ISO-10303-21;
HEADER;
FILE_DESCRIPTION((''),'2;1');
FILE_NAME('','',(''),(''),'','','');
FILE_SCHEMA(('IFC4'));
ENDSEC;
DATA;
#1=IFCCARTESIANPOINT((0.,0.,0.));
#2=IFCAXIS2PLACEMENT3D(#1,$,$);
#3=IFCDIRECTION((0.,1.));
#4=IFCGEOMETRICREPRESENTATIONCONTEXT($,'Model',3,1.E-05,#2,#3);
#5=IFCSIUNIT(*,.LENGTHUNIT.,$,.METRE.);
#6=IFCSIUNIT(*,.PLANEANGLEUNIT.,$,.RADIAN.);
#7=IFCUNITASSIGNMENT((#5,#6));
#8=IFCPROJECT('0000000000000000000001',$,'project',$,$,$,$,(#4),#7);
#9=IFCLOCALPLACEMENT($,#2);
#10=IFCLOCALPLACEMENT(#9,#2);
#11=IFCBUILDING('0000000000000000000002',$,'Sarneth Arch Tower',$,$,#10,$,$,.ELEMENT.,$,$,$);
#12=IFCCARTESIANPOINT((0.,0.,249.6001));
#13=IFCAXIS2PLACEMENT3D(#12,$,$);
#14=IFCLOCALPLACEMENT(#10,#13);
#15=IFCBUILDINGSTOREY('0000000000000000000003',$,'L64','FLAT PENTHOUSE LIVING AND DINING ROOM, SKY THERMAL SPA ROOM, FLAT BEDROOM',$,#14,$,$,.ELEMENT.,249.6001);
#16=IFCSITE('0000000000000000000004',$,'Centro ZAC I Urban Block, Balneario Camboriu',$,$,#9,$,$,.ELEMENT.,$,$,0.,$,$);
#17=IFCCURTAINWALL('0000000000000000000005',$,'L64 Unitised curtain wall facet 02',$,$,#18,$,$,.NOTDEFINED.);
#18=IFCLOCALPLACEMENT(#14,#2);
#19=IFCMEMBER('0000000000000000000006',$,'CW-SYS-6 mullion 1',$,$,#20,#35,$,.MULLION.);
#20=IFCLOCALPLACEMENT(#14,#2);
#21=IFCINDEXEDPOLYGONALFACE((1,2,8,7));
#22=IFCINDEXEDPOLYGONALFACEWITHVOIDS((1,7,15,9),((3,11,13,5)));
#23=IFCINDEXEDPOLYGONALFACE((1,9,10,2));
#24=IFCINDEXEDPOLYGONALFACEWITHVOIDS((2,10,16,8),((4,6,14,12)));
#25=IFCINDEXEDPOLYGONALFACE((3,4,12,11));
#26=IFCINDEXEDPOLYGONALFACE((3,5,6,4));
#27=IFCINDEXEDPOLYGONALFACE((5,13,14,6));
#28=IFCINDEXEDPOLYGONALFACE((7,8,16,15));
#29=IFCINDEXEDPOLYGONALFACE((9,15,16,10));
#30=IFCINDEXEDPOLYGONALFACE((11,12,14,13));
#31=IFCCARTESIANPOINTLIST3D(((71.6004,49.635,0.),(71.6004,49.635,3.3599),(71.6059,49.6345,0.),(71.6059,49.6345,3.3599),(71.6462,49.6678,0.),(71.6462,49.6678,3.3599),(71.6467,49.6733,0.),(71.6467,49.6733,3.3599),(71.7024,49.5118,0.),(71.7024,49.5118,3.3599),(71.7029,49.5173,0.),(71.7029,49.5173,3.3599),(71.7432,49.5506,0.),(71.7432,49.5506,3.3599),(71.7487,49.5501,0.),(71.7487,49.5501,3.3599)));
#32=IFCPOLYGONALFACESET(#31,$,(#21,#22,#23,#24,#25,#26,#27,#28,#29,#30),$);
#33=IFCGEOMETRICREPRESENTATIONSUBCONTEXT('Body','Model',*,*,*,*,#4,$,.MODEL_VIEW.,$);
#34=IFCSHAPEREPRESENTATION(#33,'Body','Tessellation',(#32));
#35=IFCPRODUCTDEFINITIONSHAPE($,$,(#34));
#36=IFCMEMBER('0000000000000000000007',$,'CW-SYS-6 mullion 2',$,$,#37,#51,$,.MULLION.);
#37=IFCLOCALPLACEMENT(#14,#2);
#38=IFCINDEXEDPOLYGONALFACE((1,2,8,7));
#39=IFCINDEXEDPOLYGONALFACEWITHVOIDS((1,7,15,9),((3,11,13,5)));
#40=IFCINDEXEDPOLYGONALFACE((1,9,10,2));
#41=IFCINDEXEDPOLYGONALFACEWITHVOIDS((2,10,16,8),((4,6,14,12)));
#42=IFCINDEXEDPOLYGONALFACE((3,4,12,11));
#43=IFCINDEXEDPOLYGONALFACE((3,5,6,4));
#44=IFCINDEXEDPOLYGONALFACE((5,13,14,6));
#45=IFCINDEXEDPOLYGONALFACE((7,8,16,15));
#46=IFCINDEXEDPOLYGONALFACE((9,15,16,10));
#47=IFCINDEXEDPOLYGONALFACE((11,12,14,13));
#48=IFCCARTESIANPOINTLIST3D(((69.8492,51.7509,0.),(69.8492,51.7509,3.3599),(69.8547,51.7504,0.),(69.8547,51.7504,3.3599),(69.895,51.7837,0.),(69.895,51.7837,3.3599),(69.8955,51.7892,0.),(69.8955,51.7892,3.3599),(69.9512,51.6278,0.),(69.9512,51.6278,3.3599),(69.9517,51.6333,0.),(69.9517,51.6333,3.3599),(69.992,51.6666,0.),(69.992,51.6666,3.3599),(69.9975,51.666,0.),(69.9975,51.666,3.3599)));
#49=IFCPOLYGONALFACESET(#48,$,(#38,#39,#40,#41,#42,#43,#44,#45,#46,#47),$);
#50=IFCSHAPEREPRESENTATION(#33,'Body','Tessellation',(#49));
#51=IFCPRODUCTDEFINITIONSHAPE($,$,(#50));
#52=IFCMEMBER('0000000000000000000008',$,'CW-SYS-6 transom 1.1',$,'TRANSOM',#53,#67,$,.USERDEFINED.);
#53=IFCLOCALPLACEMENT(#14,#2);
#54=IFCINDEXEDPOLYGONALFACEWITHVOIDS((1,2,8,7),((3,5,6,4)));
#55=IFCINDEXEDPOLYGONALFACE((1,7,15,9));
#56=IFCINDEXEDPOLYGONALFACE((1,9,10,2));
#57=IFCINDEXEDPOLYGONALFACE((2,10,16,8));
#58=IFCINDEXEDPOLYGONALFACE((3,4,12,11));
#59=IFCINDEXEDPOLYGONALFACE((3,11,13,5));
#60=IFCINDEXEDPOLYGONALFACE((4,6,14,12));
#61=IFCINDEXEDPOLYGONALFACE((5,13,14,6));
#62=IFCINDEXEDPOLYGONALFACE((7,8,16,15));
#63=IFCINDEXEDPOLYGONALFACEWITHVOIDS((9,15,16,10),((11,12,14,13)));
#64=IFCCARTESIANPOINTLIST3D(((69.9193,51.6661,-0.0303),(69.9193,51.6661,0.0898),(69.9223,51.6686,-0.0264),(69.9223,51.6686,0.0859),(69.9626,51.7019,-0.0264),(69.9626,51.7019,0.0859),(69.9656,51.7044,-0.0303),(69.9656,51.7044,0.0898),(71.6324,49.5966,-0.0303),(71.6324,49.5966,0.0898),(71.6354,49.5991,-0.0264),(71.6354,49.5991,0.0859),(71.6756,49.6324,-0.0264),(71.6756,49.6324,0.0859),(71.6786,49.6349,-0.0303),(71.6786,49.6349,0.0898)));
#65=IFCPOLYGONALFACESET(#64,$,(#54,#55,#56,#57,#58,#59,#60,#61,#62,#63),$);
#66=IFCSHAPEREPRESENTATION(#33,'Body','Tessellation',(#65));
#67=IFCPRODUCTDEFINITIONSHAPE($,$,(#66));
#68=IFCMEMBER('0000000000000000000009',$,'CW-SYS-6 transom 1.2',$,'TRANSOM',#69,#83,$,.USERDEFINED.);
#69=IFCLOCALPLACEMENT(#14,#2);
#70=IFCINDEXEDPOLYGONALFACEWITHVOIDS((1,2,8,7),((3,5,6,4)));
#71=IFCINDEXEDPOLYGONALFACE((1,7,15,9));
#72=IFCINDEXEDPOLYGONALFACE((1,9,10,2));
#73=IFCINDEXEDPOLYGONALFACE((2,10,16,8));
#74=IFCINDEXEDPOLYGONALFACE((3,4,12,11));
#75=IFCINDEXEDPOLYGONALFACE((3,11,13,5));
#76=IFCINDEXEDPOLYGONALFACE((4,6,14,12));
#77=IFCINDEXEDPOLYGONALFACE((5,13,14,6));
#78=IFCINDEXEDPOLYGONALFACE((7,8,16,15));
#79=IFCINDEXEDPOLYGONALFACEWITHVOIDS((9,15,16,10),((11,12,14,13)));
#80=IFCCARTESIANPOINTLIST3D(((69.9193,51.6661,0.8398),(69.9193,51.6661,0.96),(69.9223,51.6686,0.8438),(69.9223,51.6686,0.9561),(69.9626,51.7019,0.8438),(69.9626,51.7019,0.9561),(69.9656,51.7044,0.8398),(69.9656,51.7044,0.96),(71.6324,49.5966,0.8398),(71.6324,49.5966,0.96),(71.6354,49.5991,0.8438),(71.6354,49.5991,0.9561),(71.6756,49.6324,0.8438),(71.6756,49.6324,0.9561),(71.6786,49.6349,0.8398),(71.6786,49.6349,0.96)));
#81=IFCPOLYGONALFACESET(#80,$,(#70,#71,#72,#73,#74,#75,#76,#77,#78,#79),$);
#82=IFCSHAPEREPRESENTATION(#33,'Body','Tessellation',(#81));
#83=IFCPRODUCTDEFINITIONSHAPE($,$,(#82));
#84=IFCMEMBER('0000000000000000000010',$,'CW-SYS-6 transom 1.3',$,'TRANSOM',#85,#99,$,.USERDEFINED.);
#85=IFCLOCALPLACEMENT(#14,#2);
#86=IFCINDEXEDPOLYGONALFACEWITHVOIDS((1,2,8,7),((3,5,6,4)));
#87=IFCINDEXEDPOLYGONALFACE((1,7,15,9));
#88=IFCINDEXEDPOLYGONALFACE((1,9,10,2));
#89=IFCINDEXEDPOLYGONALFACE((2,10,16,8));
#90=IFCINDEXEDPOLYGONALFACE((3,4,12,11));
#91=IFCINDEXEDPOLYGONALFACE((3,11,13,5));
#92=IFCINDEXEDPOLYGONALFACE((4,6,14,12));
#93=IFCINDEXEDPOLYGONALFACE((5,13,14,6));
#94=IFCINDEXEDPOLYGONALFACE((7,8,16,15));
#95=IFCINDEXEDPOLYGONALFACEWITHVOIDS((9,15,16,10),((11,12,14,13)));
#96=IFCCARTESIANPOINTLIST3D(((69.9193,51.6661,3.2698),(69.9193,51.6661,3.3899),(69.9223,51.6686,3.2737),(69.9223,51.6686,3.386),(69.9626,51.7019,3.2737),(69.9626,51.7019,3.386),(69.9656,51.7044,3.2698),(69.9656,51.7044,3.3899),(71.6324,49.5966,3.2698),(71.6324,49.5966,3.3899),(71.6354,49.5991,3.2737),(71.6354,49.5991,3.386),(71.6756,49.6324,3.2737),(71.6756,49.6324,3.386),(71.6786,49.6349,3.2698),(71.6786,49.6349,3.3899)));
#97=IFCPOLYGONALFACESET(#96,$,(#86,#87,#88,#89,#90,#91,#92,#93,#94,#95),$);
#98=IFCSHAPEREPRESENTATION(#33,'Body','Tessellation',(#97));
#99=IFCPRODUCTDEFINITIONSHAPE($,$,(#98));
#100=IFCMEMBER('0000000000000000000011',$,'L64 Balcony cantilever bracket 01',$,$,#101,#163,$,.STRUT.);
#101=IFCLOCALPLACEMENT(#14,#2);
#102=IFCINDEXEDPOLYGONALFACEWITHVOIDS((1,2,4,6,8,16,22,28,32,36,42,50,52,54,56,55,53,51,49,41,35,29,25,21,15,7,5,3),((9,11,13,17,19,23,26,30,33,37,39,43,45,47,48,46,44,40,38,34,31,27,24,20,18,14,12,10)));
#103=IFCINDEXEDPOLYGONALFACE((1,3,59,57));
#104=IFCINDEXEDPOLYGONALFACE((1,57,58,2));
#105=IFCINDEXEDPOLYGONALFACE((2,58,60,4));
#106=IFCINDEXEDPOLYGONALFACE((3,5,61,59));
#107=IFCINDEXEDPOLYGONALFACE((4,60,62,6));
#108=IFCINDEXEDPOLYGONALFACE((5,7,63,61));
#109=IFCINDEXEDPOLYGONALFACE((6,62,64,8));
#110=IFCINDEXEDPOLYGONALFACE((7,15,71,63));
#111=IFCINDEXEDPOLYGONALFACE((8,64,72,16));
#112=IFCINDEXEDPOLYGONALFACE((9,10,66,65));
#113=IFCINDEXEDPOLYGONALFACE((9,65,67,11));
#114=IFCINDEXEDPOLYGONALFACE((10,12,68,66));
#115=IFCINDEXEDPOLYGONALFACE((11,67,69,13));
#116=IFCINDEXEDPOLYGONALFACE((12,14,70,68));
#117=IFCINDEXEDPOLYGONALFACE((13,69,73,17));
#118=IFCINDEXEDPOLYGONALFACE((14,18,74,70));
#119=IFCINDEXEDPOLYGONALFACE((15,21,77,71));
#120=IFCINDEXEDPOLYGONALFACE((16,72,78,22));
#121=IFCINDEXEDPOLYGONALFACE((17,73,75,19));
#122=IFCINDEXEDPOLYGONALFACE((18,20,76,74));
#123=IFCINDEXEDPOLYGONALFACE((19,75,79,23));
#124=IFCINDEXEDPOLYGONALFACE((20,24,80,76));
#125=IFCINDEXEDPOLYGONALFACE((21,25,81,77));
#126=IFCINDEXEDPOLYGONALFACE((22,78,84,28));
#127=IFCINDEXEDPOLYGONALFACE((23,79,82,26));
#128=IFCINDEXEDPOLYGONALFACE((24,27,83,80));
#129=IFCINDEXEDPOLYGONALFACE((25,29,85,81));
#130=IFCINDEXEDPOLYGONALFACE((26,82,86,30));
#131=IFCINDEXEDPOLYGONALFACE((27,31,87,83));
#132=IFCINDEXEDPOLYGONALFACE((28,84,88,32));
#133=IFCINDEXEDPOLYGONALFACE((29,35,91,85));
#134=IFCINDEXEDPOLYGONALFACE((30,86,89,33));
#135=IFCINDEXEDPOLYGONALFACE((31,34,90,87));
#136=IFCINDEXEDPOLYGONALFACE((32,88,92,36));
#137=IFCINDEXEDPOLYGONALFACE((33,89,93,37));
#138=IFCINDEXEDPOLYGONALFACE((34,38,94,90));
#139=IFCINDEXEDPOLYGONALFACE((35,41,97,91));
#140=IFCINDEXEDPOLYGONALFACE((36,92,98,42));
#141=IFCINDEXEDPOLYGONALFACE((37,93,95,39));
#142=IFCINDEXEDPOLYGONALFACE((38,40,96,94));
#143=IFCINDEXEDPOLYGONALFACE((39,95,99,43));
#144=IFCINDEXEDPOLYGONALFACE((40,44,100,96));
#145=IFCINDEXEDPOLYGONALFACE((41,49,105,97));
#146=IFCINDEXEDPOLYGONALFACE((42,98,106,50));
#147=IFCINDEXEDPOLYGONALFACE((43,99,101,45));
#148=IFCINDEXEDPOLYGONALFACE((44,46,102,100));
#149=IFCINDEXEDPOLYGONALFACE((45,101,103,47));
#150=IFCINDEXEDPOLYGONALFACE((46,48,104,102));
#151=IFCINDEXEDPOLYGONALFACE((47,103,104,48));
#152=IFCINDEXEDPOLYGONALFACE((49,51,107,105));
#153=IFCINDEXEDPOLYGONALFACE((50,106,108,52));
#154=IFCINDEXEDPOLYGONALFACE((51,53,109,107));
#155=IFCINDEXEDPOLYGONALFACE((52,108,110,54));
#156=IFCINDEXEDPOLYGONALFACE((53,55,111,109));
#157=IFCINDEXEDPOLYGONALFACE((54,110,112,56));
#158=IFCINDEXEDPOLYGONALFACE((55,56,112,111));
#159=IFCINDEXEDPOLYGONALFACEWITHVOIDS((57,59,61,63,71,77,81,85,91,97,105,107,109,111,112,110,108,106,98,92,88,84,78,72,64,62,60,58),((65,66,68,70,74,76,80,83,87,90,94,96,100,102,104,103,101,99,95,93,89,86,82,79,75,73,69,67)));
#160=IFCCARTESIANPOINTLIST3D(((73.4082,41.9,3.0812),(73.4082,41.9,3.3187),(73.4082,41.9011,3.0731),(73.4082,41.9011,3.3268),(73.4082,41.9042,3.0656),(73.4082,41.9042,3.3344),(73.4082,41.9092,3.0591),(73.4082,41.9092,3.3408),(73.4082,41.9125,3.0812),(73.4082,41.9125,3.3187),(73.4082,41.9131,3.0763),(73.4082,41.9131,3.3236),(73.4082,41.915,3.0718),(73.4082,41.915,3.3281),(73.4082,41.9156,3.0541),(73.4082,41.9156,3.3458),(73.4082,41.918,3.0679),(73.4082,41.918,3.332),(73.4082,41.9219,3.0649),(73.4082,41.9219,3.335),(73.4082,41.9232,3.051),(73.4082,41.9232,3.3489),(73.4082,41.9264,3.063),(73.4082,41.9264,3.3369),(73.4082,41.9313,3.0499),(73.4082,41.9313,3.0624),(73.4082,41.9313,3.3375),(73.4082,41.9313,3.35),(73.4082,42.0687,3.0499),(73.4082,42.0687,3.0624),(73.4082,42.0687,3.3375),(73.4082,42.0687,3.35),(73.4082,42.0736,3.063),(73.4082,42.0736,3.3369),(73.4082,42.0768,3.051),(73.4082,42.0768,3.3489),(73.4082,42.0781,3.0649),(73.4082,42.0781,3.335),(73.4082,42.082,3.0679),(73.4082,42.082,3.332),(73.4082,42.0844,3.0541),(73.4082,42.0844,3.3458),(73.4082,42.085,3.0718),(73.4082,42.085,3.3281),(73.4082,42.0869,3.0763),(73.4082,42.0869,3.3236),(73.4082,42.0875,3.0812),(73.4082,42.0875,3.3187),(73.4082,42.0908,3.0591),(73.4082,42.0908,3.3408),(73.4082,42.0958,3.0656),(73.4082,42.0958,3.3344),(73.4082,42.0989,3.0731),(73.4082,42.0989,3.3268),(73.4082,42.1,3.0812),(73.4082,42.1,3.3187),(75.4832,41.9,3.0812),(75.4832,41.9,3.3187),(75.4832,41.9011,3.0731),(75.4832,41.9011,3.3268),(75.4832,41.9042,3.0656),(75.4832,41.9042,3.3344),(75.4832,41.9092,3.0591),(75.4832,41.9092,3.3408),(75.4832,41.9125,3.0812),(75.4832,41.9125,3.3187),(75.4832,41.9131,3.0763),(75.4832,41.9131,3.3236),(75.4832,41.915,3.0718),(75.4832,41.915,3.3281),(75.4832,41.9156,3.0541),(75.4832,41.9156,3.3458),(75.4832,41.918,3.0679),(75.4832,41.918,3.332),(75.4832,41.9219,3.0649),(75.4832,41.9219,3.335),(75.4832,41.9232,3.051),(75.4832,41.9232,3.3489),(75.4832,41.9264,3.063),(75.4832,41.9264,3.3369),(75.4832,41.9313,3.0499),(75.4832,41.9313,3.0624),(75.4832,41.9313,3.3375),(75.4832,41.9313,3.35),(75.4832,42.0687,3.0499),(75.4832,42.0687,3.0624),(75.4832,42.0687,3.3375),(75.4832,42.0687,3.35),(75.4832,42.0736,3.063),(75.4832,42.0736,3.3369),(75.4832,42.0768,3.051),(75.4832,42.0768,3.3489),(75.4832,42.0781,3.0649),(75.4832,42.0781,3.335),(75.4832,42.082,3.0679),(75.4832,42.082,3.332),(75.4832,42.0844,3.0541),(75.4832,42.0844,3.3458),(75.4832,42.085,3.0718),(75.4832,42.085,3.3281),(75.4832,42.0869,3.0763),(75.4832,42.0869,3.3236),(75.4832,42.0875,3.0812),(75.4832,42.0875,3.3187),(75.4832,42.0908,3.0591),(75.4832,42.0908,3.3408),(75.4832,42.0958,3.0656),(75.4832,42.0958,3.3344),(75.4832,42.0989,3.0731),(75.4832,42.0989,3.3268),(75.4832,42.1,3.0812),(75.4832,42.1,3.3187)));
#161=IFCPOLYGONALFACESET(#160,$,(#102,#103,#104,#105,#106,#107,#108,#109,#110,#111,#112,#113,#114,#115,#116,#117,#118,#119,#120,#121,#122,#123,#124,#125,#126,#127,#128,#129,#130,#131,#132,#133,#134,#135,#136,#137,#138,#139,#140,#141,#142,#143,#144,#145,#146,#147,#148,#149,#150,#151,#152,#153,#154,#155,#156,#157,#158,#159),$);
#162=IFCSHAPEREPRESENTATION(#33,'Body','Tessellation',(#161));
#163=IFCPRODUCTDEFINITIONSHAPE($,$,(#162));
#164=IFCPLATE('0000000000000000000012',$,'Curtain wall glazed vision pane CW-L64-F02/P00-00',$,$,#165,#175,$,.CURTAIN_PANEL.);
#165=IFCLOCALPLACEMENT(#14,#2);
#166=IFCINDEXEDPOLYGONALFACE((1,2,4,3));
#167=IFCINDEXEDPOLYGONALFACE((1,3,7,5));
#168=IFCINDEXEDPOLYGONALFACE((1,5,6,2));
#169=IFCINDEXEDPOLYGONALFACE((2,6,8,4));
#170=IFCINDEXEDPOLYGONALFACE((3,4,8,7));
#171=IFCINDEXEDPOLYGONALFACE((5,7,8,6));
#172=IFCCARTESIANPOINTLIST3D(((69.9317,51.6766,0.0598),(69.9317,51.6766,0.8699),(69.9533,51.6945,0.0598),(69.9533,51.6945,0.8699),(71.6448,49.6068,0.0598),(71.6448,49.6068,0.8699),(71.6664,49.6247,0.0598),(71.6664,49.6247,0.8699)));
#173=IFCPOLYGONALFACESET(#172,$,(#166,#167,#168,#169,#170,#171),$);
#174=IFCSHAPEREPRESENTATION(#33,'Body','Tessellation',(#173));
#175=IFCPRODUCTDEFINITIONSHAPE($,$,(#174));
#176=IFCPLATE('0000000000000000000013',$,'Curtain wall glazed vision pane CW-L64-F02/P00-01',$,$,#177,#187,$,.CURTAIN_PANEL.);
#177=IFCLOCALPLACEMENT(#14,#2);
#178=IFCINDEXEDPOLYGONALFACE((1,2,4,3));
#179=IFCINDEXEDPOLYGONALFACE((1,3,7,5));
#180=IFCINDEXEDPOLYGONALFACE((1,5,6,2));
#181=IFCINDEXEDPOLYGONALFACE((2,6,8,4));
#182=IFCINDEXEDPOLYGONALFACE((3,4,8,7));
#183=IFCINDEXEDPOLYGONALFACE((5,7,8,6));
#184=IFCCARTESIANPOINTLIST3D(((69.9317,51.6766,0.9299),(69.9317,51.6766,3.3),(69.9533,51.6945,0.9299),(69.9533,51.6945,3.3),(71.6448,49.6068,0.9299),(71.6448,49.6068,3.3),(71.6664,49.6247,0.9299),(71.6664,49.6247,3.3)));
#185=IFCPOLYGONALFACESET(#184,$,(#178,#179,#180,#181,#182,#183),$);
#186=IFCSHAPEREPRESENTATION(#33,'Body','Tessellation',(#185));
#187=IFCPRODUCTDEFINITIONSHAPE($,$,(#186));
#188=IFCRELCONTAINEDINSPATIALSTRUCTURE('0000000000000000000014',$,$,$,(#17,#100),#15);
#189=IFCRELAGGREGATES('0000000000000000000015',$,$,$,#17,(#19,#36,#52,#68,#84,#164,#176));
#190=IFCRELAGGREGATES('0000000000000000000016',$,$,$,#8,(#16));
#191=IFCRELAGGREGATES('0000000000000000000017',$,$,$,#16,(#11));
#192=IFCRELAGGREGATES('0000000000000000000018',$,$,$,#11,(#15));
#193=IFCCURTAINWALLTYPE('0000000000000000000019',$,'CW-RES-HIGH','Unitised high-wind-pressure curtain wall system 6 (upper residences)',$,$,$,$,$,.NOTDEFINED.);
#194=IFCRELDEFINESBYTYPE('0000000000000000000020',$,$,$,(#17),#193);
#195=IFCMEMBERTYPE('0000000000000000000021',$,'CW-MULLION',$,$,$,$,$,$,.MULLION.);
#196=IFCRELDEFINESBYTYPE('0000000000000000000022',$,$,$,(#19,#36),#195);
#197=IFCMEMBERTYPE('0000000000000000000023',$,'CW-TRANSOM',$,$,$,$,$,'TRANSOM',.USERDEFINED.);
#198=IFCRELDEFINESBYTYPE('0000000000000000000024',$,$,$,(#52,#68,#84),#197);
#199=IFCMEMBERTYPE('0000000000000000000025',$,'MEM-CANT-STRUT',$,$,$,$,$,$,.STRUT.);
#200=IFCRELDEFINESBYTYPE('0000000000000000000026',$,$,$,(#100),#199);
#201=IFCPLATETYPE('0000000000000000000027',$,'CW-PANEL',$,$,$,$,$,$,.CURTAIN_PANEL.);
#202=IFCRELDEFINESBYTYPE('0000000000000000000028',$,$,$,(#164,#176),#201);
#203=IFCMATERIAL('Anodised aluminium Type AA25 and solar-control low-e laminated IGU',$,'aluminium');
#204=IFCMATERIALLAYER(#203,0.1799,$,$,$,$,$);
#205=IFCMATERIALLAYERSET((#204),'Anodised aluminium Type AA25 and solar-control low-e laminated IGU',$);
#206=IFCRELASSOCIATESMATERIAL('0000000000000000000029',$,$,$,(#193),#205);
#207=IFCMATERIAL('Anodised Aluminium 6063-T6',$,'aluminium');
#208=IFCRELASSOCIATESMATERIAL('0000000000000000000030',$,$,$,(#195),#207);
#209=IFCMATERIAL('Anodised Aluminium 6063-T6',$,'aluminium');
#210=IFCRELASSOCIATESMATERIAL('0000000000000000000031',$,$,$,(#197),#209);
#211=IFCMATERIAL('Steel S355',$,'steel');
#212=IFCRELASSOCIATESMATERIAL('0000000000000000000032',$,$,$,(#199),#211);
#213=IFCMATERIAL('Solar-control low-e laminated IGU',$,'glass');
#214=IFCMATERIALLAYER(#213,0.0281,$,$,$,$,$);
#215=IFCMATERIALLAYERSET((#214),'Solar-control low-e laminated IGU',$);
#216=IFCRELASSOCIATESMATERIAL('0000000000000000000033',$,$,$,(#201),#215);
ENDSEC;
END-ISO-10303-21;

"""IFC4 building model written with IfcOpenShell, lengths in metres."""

from ifc_helpers import new_model, si_unit, direction, frame, origin, origin_2d, place, context, subcontext, project, spatial, rectangle, hollow_rectangle, extrude, material, layer, layer_set, material_profile, profile_set, type_object, element, aggregate, save


model = new_model("IFC4")

# Units and contexts
model_context = context("Model", 3, precision=1e-05, world=origin(), true_north=direction((0.0, 1.0)))
body_context = subcontext(model_context, "Body", "Model", "MODEL_VIEW")
ifc_project = project(units=[si_unit("LENGTHUNIT", "METRE"), si_unit("PLANEANGLEUNIT", "RADIAN")], contexts=[model_context])

# Site, building, storey
site_placement = place(None, origin())
site = spatial("IfcSite", under=ifc_project, at=site_placement, Name="Centro ZAC I Urban Block, Balneario Camboriu", CompositionType="ELEMENT", RefElevation=0.0)
building_placement = place(site_placement, origin())
building = spatial("IfcBuilding", under=site, at=building_placement, Name="Sarneth Arch Tower", CompositionType="ELEMENT")
storey_placement = place(building_placement, frame((0.0, 0.0, 249.6001)))
storey = spatial("IfcBuildingStorey", under=building, at=storey_placement, Name="L64", Description="FLAT PENTHOUSE LIVING AND DINING ROOM, SKY THERMAL SPA ROOM, FLAT BEDROOM", CompositionType="ELEMENT", Elevation=249.6001)

# Curtain wall, members
ifc_material_1 = material(Name="Anodised aluminium Type AA25 and solar-control low-e laminated IGU", Category="aluminium")
ifc_layer_1 = layer(ifc_material_1, 0.1799)
ifc_layer_set_1 = layer_set([ifc_layer_1], Name="Anodised aluminium Type AA25 and solar-control low-e laminated IGU")
curtain_wall_type = type_object("IfcCurtainWallType", Name="CW-RES-HIGH", Description="Unitised high-wind-pressure curtain wall system 6 (upper residences)", PredefinedType="NOTDEFINED", material=ifc_layer_set_1)
curtain_wall_placement = place(storey_placement, origin())
curtain_wall = element("IfcCurtainWall", 1, at=curtain_wall_placement, inside=storey, type_object=curtain_wall_type, Name="L64 Unitised curtain wall facet 02", PredefinedType="NOTDEFINED")
ifc_material_2 = material(Name="Anodised Aluminium 6063-T6", Category="aluminium")
ifc_material_profile_1 = material_profile(ifc_material_2, hollow_rectangle(XDim=0.0601, YDim=0.1599, WallThickness=0.0039, at=origin_2d()), Name="AL-MULL-160x60x4")
ifc_profile_set_1 = profile_set([ifc_material_profile_1], Name="Anodised Aluminium 6063-T6")
member_type_1 = type_object("IfcMemberType", Name="CW-MULLION", PredefinedType="MULLION", material=ifc_profile_set_1)
member_1_placement = place(storey_placement, frame((71.6746, 49.5925, 0.0), z_axis=(0.0, 0.0, 1.0), x_axis=(-0.770359, -0.63761, 0.0)))
member_1 = element("IfcMember", 2, at=member_1_placement, type_object=member_type_1, Name="CW-SYS-6 mullion 1", PredefinedType="MULLION", context=body_context, shape_type="SweptSolid", body=[
    extrude(hollow_rectangle(XDim=0.0601, YDim=0.1599, WallThickness=0.0039, at=origin_2d()), origin(), (0.0, 0.0, 1.0), 3.3599),
])
member_2_placement = place(storey_placement, frame((69.9233, 51.7085, 0.0), z_axis=(0.0, 0.0, 1.0), x_axis=(-0.770359, -0.63761, 0.0)))
member_2 = element("IfcMember", 3, at=member_2_placement, type_object=member_type_1, Name="CW-SYS-6 mullion 2", PredefinedType="MULLION", context=body_context, shape_type="SweptSolid", body=[
    extrude(hollow_rectangle(XDim=0.0601, YDim=0.1599, WallThickness=0.0039, at=origin_2d()), origin(), (0.0, 0.0, 1.0), 3.3599),
])
ifc_material_3 = material(Name="Anodised Aluminium 6063-T6", Category="aluminium")
ifc_material_profile_2 = material_profile(ifc_material_3, hollow_rectangle(XDim=0.0601, YDim=0.1201, WallThickness=0.0039, at=origin_2d()), Name="AL-TRAN-120x60x4")
ifc_profile_set_2 = profile_set([ifc_material_profile_2], Name="Anodised Aluminium 6063-T6")
member_type_2 = type_object("IfcMemberType", Name="CW-TRANSOM", ElementType="TRANSOM", PredefinedType="USERDEFINED", material=ifc_profile_set_2)
member_3_placement = place(storey_placement, frame((71.6555, 49.6157, 0.0298), z_axis=(-0.637651, 0.770325, 0.0), x_axis=(-0.770325, -0.637651, 0.0)))
member_3 = element("IfcMember", 4, at=member_3_placement, type_object=member_type_2, Name="CW-SYS-6 transom 1.1", ObjectType="TRANSOM", PredefinedType="USERDEFINED", context=body_context, shape_type="SweptSolid", body=[
    extrude(hollow_rectangle(XDim=0.0601, YDim=0.1201, WallThickness=0.0039, at=origin_2d()), origin(), (0.0, 0.0, 1.0), 2.6865),
])
member_4_placement = place(storey_placement, frame((71.6555, 49.6157, 0.8999), z_axis=(-0.637651, 0.770325, 0.0), x_axis=(-0.770325, -0.637651, 0.0)))
member_4 = element("IfcMember", 5, at=member_4_placement, type_object=member_type_2, Name="CW-SYS-6 transom 1.2", ObjectType="TRANSOM", PredefinedType="USERDEFINED", context=body_context, shape_type="SweptSolid", body=[
    extrude(hollow_rectangle(XDim=0.0601, YDim=0.1201, WallThickness=0.0039, at=origin_2d()), origin(), (0.0, 0.0, 1.0), 2.6865),
])
member_5_placement = place(storey_placement, frame((71.6555, 49.6157, 3.3298), z_axis=(-0.637651, 0.770325, 0.0), x_axis=(-0.770325, -0.637651, 0.0)))
member_5 = element("IfcMember", 6, at=member_5_placement, type_object=member_type_2, Name="CW-SYS-6 transom 1.3", ObjectType="TRANSOM", PredefinedType="USERDEFINED", context=body_context, shape_type="SweptSolid", body=[
    extrude(hollow_rectangle(XDim=0.0601, YDim=0.1201, WallThickness=0.0039, at=origin_2d()), origin(), (0.0, 0.0, 1.0), 2.6865),
])

# Member
ifc_material_4 = material(Name="Steel S355", Category="steel")
ifc_material_profile_3 = material_profile(ifc_material_4, hollow_rectangle(XDim=0.2, YDim=0.3, WallThickness=0.0125, InnerFilletRadius=0.0188, OuterFilletRadius=0.0312, at=origin_2d()), Name="RHS300x200x12.5")
ifc_profile_set_3 = profile_set([ifc_material_profile_3], Name="Steel S355")
member_type_3 = type_object("IfcMemberType", Name="MEM-CANT-STRUT", PredefinedType="STRUT", material=ifc_profile_set_3)
member_6_placement = place(storey_placement, frame((73.4082, 42.0, 3.2), z_axis=(1.0, 0.0, 0.0), x_axis=(0.0, 1.0, 0.0)))
element("IfcMember", 7, at=member_6_placement, inside=storey, type_object=member_type_3, Name="L64 Balcony cantilever bracket 01", PredefinedType="STRUT", context=body_context, shape_type="SweptSolid", body=[
    extrude(hollow_rectangle(XDim=0.2, YDim=0.3, WallThickness=0.0125, InnerFilletRadius=0.0188, OuterFilletRadius=0.0312, at=origin_2d()), origin(), (0.0, 0.0, 1.0), 2.075),
])

# Plates
ifc_material_5 = material(Name="Solar-control low-e laminated IGU", Category="glass")
ifc_layer_2 = layer(ifc_material_5, 0.0281)
ifc_layer_set_2 = layer_set([ifc_layer_2], Name="Solar-control low-e laminated IGU")
plate_type_1 = type_object("IfcPlateType", Name="CW-PANEL", PredefinedType="CURTAIN_PANEL", material=ifc_layer_set_2)
plate_1_placement = place(storey_placement, frame((70.7991, 50.6506, 0.0598), z_axis=(0.0, 0.0, 1.0), x_axis=(-0.63761, 0.770359, 0.0)))
plate_1 = element("IfcPlate", 8, at=plate_1_placement, type_object=plate_type_1, Name="Curtain wall glazed vision pane CW-L64-F02/P00-00", PredefinedType="CURTAIN_PANEL", context=body_context, shape_type="SweptSolid", body=[
    extrude(rectangle(XDim=2.6868, YDim=0.0281, at=origin_2d()), origin(), (0.0, 0.0, 1.0), 0.8101),
])
plate_2_placement = place(storey_placement, frame((70.7991, 50.6506, 0.9299), z_axis=(0.0, 0.0, 1.0), x_axis=(-0.63761, 0.770359, 0.0)))
plate_2 = element("IfcPlate", 9, at=plate_2_placement, type_object=plate_type_1, Name="Curtain wall glazed vision pane CW-L64-F02/P00-01", PredefinedType="CURTAIN_PANEL", context=body_context, shape_type="SweptSolid", body=[
    extrude(rectangle(XDim=2.6868, YDim=0.0281, at=origin_2d()), origin(), (0.0, 0.0, 1.0), 2.3701),
])
aggregate(curtain_wall, [member_1, member_2, member_3, member_4, member_5, plate_1, plate_2])

save(model, "model.ifc")
